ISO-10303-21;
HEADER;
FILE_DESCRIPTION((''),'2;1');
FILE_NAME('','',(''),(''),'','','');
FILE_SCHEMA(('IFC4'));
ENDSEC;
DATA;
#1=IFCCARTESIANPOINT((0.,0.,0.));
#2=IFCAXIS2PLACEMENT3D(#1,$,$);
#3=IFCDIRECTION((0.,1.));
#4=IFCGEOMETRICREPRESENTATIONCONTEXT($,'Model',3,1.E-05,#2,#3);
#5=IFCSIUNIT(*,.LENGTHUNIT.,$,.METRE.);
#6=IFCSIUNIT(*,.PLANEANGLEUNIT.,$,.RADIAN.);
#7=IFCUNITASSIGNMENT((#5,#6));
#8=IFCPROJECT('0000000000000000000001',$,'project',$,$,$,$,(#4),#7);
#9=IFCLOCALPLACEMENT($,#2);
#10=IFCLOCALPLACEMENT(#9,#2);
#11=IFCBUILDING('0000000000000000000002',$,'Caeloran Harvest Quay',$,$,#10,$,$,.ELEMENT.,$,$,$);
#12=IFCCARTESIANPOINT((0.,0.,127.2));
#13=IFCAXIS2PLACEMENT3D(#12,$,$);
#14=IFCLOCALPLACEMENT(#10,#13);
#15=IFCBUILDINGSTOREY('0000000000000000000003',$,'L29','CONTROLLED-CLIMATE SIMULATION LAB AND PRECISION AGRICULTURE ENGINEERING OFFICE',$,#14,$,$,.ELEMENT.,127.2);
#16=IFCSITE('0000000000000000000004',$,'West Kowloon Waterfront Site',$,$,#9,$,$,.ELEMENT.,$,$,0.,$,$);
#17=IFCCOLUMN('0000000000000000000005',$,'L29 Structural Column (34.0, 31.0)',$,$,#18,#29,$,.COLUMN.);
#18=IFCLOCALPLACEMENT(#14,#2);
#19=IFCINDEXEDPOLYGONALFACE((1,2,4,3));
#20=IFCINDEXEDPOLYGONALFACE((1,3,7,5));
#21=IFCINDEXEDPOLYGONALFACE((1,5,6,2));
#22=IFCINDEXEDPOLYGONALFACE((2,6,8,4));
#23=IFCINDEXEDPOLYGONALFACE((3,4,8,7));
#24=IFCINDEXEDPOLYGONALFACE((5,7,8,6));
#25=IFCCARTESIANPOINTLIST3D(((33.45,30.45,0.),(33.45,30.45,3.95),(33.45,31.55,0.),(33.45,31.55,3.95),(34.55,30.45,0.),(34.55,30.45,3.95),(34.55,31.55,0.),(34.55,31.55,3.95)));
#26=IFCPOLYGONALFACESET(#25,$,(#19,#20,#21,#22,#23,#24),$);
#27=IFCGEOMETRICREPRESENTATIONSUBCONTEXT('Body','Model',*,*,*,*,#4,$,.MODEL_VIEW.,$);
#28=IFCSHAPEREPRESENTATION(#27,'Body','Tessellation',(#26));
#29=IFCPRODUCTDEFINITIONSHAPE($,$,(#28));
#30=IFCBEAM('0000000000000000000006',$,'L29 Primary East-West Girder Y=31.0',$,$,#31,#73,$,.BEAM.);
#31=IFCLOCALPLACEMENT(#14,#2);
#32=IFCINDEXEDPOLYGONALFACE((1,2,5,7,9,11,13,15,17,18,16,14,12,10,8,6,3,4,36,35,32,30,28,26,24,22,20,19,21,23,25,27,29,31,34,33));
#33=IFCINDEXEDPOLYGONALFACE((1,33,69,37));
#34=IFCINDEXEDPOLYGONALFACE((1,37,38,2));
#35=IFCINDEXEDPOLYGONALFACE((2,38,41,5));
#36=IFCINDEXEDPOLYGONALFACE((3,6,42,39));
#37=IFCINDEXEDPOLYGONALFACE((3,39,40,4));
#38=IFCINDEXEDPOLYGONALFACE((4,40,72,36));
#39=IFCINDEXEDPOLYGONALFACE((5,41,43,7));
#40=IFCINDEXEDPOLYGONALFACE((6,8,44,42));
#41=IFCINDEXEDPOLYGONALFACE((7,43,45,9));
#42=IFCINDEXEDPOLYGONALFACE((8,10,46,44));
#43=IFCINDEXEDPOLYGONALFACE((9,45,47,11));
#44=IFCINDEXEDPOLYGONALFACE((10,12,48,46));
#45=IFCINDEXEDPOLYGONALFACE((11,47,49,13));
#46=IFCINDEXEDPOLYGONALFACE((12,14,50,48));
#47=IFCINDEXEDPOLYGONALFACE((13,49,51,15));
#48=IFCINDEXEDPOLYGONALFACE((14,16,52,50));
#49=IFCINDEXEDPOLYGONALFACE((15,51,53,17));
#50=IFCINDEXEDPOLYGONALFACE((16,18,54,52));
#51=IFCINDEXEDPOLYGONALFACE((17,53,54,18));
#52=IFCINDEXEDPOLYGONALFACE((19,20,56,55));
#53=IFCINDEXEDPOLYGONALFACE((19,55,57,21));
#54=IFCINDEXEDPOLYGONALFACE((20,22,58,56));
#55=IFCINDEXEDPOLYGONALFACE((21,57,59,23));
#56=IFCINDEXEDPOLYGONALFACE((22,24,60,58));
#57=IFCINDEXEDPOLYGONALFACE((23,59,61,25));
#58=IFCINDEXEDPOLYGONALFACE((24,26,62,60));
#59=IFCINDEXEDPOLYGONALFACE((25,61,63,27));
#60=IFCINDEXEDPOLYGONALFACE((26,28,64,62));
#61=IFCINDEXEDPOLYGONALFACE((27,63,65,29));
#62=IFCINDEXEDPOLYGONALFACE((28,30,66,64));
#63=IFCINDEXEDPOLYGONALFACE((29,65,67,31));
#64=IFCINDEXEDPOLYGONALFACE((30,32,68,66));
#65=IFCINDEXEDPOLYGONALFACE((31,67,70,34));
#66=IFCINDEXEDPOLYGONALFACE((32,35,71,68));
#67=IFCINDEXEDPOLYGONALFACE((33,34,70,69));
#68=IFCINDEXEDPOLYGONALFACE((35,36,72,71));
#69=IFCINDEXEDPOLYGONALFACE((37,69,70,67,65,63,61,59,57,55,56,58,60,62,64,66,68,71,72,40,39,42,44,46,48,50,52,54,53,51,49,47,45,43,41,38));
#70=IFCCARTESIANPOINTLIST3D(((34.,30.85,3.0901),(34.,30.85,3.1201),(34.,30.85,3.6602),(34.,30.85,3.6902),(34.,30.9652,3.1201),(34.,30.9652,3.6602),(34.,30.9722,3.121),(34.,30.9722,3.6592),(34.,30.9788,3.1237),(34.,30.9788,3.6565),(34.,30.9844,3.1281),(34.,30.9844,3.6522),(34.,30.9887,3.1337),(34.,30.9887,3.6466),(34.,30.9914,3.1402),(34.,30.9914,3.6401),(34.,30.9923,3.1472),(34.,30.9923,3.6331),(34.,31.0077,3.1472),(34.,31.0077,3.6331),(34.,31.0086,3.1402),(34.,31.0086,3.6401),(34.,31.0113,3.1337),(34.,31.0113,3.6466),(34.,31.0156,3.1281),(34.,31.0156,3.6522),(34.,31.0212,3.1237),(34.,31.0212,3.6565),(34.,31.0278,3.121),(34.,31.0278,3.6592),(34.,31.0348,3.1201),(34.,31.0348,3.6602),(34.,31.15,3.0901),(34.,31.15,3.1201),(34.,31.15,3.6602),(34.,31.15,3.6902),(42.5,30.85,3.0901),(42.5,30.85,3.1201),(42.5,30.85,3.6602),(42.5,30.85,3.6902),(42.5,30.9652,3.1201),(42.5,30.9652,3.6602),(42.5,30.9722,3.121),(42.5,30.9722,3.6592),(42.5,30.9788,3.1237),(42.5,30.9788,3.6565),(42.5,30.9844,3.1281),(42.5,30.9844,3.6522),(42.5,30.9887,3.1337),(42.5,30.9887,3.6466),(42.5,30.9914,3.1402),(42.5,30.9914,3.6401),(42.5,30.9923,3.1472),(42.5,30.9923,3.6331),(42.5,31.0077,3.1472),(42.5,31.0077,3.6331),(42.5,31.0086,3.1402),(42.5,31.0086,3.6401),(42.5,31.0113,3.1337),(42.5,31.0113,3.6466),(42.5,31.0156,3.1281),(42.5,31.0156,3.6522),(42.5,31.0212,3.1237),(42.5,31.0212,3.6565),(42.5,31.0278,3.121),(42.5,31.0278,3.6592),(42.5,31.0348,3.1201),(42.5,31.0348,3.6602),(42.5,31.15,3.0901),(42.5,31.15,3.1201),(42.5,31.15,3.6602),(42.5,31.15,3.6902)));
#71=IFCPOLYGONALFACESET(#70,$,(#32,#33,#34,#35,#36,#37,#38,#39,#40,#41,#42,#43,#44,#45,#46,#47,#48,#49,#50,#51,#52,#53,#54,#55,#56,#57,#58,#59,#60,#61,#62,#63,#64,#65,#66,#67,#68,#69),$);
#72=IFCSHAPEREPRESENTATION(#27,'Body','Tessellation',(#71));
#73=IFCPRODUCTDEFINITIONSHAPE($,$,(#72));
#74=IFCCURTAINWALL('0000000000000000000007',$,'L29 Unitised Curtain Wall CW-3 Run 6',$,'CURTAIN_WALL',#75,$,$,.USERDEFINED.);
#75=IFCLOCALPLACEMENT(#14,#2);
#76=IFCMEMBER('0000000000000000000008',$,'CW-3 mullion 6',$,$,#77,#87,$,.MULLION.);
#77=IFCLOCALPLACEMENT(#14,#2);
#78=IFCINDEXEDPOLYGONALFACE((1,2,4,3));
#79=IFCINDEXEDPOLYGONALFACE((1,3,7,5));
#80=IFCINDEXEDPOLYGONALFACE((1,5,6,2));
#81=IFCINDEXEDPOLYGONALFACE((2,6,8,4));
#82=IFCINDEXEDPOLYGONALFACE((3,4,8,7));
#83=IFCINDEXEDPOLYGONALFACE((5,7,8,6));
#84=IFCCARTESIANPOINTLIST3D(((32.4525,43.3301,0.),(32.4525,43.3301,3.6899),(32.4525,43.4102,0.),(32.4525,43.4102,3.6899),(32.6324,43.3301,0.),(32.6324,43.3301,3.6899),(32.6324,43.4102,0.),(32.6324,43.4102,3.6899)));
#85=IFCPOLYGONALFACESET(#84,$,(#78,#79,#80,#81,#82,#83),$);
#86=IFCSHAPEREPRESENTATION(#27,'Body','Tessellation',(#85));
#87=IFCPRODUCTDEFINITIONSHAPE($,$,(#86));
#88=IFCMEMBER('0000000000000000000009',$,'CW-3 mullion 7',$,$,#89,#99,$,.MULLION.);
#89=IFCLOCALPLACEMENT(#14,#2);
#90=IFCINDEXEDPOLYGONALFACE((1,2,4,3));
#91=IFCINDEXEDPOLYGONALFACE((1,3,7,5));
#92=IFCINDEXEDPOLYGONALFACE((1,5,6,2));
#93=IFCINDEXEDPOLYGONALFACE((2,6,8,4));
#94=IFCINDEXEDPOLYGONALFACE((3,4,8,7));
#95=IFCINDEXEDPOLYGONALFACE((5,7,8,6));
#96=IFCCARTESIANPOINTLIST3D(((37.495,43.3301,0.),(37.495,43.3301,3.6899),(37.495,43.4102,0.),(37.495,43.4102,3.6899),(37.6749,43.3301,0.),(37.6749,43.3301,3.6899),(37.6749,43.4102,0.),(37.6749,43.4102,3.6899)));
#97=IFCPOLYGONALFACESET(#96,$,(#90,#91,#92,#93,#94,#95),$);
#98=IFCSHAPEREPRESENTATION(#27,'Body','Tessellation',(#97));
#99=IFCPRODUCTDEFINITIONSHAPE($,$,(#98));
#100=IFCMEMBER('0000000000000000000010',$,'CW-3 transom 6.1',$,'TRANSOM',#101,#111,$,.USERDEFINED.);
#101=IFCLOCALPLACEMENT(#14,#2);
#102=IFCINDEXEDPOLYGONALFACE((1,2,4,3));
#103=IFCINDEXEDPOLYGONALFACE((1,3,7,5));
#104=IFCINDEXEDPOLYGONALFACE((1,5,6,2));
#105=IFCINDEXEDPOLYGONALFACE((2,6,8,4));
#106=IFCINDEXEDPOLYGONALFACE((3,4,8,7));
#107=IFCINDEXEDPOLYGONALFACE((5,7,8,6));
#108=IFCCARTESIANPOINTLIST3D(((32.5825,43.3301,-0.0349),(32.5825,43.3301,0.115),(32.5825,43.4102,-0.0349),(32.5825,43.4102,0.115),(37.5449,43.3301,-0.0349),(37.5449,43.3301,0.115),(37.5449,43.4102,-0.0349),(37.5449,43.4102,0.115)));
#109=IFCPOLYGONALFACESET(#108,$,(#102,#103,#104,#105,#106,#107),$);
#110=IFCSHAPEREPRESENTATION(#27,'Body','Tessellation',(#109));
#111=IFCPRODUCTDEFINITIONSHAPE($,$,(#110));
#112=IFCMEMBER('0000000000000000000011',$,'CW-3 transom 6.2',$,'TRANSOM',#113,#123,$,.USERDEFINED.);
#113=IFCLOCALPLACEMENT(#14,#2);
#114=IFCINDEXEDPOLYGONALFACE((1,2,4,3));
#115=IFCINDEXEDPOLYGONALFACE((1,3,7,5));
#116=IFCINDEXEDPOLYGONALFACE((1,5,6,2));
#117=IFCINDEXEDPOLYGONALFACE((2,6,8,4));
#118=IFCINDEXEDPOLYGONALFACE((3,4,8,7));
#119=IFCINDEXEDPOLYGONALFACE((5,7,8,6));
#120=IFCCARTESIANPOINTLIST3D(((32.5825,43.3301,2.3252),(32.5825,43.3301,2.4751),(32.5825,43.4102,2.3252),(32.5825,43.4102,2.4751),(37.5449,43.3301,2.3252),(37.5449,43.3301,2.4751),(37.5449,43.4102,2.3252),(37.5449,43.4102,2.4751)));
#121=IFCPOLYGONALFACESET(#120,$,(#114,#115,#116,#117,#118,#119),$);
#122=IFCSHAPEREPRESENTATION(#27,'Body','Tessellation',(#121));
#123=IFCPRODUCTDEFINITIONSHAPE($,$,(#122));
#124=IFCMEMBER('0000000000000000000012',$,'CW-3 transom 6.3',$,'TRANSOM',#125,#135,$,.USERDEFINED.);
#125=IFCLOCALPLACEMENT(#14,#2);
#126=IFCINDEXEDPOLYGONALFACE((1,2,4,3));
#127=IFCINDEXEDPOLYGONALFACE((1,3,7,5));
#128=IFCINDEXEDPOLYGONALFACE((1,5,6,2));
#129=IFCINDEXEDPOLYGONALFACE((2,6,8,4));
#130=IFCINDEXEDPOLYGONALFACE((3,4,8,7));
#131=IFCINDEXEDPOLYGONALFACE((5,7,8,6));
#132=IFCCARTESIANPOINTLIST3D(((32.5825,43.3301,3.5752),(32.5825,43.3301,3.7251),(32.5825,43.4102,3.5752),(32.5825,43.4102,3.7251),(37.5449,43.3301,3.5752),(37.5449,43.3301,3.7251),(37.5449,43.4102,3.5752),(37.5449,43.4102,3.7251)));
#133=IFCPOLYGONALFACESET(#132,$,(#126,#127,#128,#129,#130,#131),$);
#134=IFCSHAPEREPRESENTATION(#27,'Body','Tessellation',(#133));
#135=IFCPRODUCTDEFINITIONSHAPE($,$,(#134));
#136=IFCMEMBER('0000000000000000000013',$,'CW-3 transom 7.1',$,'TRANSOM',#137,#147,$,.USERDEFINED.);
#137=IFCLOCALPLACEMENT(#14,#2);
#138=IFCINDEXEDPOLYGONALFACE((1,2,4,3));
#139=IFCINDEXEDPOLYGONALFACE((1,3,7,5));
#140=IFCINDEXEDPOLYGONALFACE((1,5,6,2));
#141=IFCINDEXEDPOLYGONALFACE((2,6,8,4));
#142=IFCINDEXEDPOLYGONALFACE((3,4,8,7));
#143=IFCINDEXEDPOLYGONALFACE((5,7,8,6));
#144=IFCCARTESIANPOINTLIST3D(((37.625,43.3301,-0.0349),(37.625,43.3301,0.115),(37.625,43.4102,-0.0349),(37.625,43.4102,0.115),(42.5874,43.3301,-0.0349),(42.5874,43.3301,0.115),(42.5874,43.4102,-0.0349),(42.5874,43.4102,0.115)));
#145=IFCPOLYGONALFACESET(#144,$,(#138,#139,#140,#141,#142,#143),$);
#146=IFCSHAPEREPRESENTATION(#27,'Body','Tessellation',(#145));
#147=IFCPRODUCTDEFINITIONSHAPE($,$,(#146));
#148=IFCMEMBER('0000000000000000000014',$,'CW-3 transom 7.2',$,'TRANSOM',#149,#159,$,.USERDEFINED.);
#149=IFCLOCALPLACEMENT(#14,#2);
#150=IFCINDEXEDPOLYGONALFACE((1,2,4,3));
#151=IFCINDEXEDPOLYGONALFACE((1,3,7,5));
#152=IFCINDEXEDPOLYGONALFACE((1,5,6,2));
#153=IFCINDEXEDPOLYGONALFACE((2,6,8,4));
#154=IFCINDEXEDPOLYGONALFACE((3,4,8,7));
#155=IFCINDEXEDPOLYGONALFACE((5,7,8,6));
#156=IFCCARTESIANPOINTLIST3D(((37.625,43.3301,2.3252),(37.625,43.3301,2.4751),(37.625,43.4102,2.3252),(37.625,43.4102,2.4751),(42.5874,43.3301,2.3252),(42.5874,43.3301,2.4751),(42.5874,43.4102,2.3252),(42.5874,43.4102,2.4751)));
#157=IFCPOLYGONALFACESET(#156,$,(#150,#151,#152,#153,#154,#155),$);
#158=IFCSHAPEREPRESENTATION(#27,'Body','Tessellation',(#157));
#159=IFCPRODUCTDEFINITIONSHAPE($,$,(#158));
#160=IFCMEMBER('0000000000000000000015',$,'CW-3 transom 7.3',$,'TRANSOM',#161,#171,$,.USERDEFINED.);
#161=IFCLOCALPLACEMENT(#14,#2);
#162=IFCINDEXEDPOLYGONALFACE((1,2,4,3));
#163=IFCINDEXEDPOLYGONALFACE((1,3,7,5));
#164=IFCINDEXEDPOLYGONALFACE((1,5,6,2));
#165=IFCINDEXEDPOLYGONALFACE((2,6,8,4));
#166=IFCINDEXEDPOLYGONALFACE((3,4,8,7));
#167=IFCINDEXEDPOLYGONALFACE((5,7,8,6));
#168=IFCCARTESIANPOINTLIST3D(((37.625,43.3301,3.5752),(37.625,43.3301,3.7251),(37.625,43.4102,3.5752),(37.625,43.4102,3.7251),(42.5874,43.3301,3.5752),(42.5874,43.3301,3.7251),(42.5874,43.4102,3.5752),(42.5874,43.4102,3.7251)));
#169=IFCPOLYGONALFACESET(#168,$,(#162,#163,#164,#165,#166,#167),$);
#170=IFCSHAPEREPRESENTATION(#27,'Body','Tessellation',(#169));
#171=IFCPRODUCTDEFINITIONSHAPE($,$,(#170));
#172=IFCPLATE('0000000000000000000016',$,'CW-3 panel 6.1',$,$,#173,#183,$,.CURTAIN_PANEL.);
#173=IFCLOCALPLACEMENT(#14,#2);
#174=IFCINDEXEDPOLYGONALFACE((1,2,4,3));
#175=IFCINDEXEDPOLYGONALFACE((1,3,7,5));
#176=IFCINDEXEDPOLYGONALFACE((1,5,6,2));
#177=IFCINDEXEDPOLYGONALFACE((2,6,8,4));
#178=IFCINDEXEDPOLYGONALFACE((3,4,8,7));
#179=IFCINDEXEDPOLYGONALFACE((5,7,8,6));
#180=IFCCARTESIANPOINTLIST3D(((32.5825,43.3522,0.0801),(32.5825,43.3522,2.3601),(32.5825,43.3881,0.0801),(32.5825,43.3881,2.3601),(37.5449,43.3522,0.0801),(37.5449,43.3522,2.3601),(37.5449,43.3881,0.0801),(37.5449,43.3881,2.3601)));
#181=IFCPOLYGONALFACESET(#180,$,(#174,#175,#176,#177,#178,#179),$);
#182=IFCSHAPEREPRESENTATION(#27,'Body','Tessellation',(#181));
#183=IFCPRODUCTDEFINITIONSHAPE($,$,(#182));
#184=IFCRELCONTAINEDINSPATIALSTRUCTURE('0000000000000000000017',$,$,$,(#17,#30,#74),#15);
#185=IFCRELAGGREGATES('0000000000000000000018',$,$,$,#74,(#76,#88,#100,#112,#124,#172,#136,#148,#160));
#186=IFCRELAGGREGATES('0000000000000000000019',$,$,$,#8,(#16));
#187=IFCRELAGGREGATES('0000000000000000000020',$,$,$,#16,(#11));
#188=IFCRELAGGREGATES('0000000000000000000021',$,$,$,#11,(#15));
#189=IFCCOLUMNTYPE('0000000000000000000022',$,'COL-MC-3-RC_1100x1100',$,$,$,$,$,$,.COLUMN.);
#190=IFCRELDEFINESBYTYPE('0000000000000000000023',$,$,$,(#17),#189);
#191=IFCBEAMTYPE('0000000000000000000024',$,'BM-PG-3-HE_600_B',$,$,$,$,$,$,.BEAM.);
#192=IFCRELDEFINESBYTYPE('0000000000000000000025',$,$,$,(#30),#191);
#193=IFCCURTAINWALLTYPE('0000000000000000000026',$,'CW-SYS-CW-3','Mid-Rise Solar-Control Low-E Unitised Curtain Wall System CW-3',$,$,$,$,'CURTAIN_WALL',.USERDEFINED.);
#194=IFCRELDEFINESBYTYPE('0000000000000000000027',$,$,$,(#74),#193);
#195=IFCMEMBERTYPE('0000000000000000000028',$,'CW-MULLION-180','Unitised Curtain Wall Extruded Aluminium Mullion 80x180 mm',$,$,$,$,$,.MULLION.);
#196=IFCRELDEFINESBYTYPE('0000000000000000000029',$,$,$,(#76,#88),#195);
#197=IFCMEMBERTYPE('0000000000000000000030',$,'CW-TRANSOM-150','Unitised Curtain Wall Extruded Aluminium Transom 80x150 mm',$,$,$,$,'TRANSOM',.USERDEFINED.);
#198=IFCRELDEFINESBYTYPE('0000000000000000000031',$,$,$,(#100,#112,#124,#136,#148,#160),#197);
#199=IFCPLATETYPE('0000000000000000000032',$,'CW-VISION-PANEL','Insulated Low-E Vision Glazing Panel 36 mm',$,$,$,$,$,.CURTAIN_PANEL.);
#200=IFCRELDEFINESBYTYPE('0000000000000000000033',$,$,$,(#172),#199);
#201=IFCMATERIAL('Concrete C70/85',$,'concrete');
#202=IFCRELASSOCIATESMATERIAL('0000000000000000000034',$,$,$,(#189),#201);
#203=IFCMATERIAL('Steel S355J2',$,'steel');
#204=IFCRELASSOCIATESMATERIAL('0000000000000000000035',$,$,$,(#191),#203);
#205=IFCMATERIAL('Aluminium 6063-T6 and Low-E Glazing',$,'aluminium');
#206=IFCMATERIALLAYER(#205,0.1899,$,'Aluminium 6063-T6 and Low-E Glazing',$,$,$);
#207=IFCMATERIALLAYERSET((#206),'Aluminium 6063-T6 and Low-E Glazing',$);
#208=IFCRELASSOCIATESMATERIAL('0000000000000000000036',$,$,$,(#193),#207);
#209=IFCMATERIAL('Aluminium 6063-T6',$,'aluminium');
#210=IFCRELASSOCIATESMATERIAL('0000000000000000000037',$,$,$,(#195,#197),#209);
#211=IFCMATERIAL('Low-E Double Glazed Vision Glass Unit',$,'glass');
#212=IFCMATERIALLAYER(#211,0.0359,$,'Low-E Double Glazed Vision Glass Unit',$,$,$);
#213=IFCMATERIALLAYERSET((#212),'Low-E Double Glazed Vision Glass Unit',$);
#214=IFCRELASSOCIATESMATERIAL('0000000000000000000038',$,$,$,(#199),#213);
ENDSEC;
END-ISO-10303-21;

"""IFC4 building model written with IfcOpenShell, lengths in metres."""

from ifc_helpers import new_model, si_unit, direction, frame, origin, origin_2d, place, context, subcontext, project, spatial, rectangle, i_section, extrude, material, layer, layer_set, material_profile, profile_set, type_object, element, aggregate, save


model = new_model("IFC4")

# Units and contexts
model_context = context("Model", 3, precision=1e-05, world=origin(), true_north=direction((0.0, 1.0)))
body_context = subcontext(model_context, "Body", "Model", "MODEL_VIEW")
ifc_project = project(units=[si_unit("LENGTHUNIT", "METRE"), si_unit("PLANEANGLEUNIT", "RADIAN")], contexts=[model_context])

# Site, building, storey
site_placement = place(None, origin())
site = spatial("IfcSite", under=ifc_project, at=site_placement, Name="West Kowloon Waterfront Site", CompositionType="ELEMENT", RefElevation=0.0)
building_placement = place(site_placement, origin())
building = spatial("IfcBuilding", under=site, at=building_placement, Name="Caeloran Harvest Quay", CompositionType="ELEMENT")
storey_placement = place(building_placement, frame((0.0, 0.0, 127.2)))
storey = spatial("IfcBuildingStorey", under=building, at=storey_placement, Name="L29", Description="CONTROLLED-CLIMATE SIMULATION LAB AND PRECISION AGRICULTURE ENGINEERING OFFICE", CompositionType="ELEMENT", Elevation=127.2)

# Column
ifc_material_1 = material(Name="Concrete C70/85", Category="concrete")
ifc_material_profile_1 = material_profile(ifc_material_1, rectangle(XDim=1.1001, YDim=1.1001, at=origin_2d()), Name="RC 1100x1100")
ifc_profile_set_1 = profile_set([ifc_material_profile_1], Name="Concrete C70/85")
column_type = type_object("IfcColumnType", Name="COL-MC-3-RC_1100x1100", PredefinedType="COLUMN", material=ifc_profile_set_1)
column_placement = place(storey_placement, frame((34.0, 31.0, 0.0), z_axis=(0.0, 0.0, 1.0), x_axis=(1.0, 0.0, 0.0)))
element("IfcColumn", 1, at=column_placement, inside=storey, type_object=column_type, Name="L29 Structural Column (34.0, 31.0)", PredefinedType="COLUMN", context=body_context, shape_type="SweptSolid", body=[
    extrude(rectangle(XDim=1.1001, YDim=1.1001, at=origin_2d()), origin(), (0.0, 0.0, 1.0), 3.95),
])

# Beam
ifc_material_2 = material(Name="Steel S355J2", Category="steel")
ifc_material_profile_2 = material_profile(ifc_material_2, i_section(OverallWidth=0.3, OverallDepth=0.6001, WebThickness=0.0154, FlangeThickness=0.03, FilletRadius=0.0271, at=origin_2d()), Name="HE 600 B")
ifc_profile_set_2 = profile_set([ifc_material_profile_2], Name="Steel S355J2")
beam_type = type_object("IfcBeamType", Name="BM-PG-3-HE_600_B", PredefinedType="BEAM", material=ifc_profile_set_2)
beam_placement = place(storey_placement, frame((34.0, 31.0, 3.3901), z_axis=(1.0, 0.0, 0.0), x_axis=(0.0, 1.0, 0.0)))
element("IfcBeam", 2, at=beam_placement, inside=storey, type_object=beam_type, Name="L29 Primary East-West Girder Y=31.0", PredefinedType="BEAM", context=body_context, shape_type="SweptSolid", body=[
    extrude(i_section(OverallWidth=0.3, OverallDepth=0.6001, WebThickness=0.0154, FlangeThickness=0.03, FilletRadius=0.0271, at=origin_2d()), origin(), (0.0, 0.0, 1.0), 8.5),
])

# Curtain wall, members, plate
ifc_material_3 = material(Name="Aluminium 6063-T6 and Low-E Glazing", Category="aluminium")
ifc_layer_1 = layer(ifc_material_3, 0.1899, Name="Aluminium 6063-T6 and Low-E Glazing")
ifc_layer_set_1 = layer_set([ifc_layer_1], Name="Aluminium 6063-T6 and Low-E Glazing")
curtain_wall_type = type_object("IfcCurtainWallType", Name="CW-SYS-CW-3", Description="Mid-Rise Solar-Control Low-E Unitised Curtain Wall System CW-3", ElementType="CURTAIN_WALL", PredefinedType="USERDEFINED", material=ifc_layer_set_1)
curtain_wall_placement = place(storey_placement, origin())
curtain_wall = element("IfcCurtainWall", 3, at=curtain_wall_placement, inside=storey, type_object=curtain_wall_type, Name="L29 Unitised Curtain Wall CW-3 Run 6", ObjectType="CURTAIN_WALL", PredefinedType="USERDEFINED")
ifc_material_4 = material(Name="Aluminium 6063-T6", Category="aluminium")
ifc_material_profile_3 = material_profile(ifc_material_4, rectangle(XDim=0.0801, YDim=0.1799, at=origin_2d()), Name="CW-MULLION-180")
ifc_profile_set_3 = profile_set([ifc_material_profile_3], Name="Aluminium 6063-T6")
member_type_1 = type_object("IfcMemberType", Name="CW-MULLION-180", Description="Unitised Curtain Wall Extruded Aluminium Mullion 80x180 mm", PredefinedType="MULLION", material=ifc_profile_set_3)
member_1_placement = place(storey_placement, frame((32.5425, 43.3701, 0.0), z_axis=(0.0, 0.0, 1.0), x_axis=(0.0, 1.0, 0.0)))
member_1 = element("IfcMember", 4, at=member_1_placement, type_object=member_type_1, Name="CW-3 mullion 6", PredefinedType="MULLION", context=body_context, shape_type="SweptSolid", body=[
    extrude(rectangle(XDim=0.0801, YDim=0.1799, at=origin_2d()), origin(), (0.0, 0.0, 1.0), 3.6899),
])
member_2_placement = place(storey_placement, frame((37.585, 43.3701, 0.0), z_axis=(0.0, 0.0, 1.0), x_axis=(0.0, 1.0, 0.0)))
member_2 = element("IfcMember", 5, at=member_2_placement, type_object=member_type_1, Name="CW-3 mullion 7", PredefinedType="MULLION", context=body_context, shape_type="SweptSolid", body=[
    extrude(rectangle(XDim=0.0801, YDim=0.1799, at=origin_2d()), origin(), (0.0, 0.0, 1.0), 3.6899),
])
ifc_material_profile_4 = material_profile(ifc_material_4, rectangle(XDim=0.0801, YDim=0.1499, at=origin_2d()), Name="CW-TRANSOM-150")
ifc_profile_set_4 = profile_set([ifc_material_profile_4], Name="Aluminium 6063-T6")
member_type_2 = type_object("IfcMemberType", Name="CW-TRANSOM-150", Description="Unitised Curtain Wall Extruded Aluminium Transom 80x150 mm", ElementType="TRANSOM", PredefinedType="USERDEFINED", material=ifc_profile_set_4)
member_3_placement = place(storey_placement, frame((32.5825, 43.3701, 0.04), z_axis=(1.0, 0.0, 0.0), x_axis=(0.0, 1.0, 0.0)))
member_3 = element("IfcMember", 6, at=member_3_placement, type_object=member_type_2, Name="CW-3 transom 6.1", ObjectType="TRANSOM", PredefinedType="USERDEFINED", context=body_context, shape_type="SweptSolid", body=[
    extrude(rectangle(XDim=0.0801, YDim=0.1499, at=origin_2d()), origin(), (0.0, 0.0, 1.0), 4.9624),
])
member_4_placement = place(storey_placement, frame((32.5825, 43.3701, 2.4001), z_axis=(1.0, 0.0, 0.0), x_axis=(0.0, 1.0, 0.0)))
member_4 = element("IfcMember", 7, at=member_4_placement, type_object=member_type_2, Name="CW-3 transom 6.2", ObjectType="TRANSOM", PredefinedType="USERDEFINED", context=body_context, shape_type="SweptSolid", body=[
    extrude(rectangle(XDim=0.0801, YDim=0.1499, at=origin_2d()), origin(), (0.0, 0.0, 1.0), 4.9624),
])
member_5_placement = place(storey_placement, frame((32.5825, 43.3701, 3.6501), z_axis=(1.0, 0.0, 0.0), x_axis=(0.0, 1.0, 0.0)))
member_5 = element("IfcMember", 8, at=member_5_placement, type_object=member_type_2, Name="CW-3 transom 6.3", ObjectType="TRANSOM", PredefinedType="USERDEFINED", context=body_context, shape_type="SweptSolid", body=[
    extrude(rectangle(XDim=0.0801, YDim=0.1499, at=origin_2d()), origin(), (0.0, 0.0, 1.0), 4.9624),
])
member_6_placement = place(storey_placement, frame((37.625, 43.3701, 0.04), z_axis=(1.0, 0.0, 0.0), x_axis=(0.0, 1.0, 0.0)))
member_6 = element("IfcMember", 9, at=member_6_placement, type_object=member_type_2, Name="CW-3 transom 7.1", ObjectType="TRANSOM", PredefinedType="USERDEFINED", context=body_context, shape_type="SweptSolid", body=[
    extrude(rectangle(XDim=0.0801, YDim=0.1499, at=origin_2d()), origin(), (0.0, 0.0, 1.0), 4.9624),
])
member_7_placement = place(storey_placement, frame((37.625, 43.3701, 2.4001), z_axis=(1.0, 0.0, 0.0), x_axis=(0.0, 1.0, 0.0)))
member_7 = element("IfcMember", 10, at=member_7_placement, type_object=member_type_2, Name="CW-3 transom 7.2", ObjectType="TRANSOM", PredefinedType="USERDEFINED", context=body_context, shape_type="SweptSolid", body=[
    extrude(rectangle(XDim=0.0801, YDim=0.1499, at=origin_2d()), origin(), (0.0, 0.0, 1.0), 4.9624),
])
member_8_placement = place(storey_placement, frame((37.625, 43.3701, 3.6501), z_axis=(1.0, 0.0, 0.0), x_axis=(0.0, 1.0, 0.0)))
member_8 = element("IfcMember", 11, at=member_8_placement, type_object=member_type_2, Name="CW-3 transom 7.3", ObjectType="TRANSOM", PredefinedType="USERDEFINED", context=body_context, shape_type="SweptSolid", body=[
    extrude(rectangle(XDim=0.0801, YDim=0.1499, at=origin_2d()), origin(), (0.0, 0.0, 1.0), 4.9624),
])
ifc_material_5 = material(Name="Low-E Double Glazed Vision Glass Unit", Category="glass")
ifc_layer_2 = layer(ifc_material_5, 0.0359, Name="Low-E Double Glazed Vision Glass Unit")
ifc_layer_set_2 = layer_set([ifc_layer_2], Name="Low-E Double Glazed Vision Glass Unit")
plate_type = type_object("IfcPlateType", Name="CW-VISION-PANEL", Description="Insulated Low-E Vision Glazing Panel 36 mm", PredefinedType="CURTAIN_PANEL", material=ifc_layer_set_2)
plate_1_placement = place(storey_placement, frame((35.0637, 43.3701, 0.0801), z_axis=(0.0, 0.0, 1.0), x_axis=(1.0, 0.0, 0.0)))
plate_1 = element("IfcPlate", 12, at=plate_1_placement, type_object=plate_type, Name="CW-3 panel 6.1", PredefinedType="CURTAIN_PANEL", context=body_context, shape_type="SweptSolid", body=[
    extrude(rectangle(XDim=4.9624, YDim=0.0359, at=origin_2d()), origin(), (0.0, 0.0, 1.0), 2.28),
])
aggregate(curtain_wall, [member_1, member_2, member_3, member_4, member_5, plate_1, member_6, member_7, member_8])

save(model, "model.ifc")
